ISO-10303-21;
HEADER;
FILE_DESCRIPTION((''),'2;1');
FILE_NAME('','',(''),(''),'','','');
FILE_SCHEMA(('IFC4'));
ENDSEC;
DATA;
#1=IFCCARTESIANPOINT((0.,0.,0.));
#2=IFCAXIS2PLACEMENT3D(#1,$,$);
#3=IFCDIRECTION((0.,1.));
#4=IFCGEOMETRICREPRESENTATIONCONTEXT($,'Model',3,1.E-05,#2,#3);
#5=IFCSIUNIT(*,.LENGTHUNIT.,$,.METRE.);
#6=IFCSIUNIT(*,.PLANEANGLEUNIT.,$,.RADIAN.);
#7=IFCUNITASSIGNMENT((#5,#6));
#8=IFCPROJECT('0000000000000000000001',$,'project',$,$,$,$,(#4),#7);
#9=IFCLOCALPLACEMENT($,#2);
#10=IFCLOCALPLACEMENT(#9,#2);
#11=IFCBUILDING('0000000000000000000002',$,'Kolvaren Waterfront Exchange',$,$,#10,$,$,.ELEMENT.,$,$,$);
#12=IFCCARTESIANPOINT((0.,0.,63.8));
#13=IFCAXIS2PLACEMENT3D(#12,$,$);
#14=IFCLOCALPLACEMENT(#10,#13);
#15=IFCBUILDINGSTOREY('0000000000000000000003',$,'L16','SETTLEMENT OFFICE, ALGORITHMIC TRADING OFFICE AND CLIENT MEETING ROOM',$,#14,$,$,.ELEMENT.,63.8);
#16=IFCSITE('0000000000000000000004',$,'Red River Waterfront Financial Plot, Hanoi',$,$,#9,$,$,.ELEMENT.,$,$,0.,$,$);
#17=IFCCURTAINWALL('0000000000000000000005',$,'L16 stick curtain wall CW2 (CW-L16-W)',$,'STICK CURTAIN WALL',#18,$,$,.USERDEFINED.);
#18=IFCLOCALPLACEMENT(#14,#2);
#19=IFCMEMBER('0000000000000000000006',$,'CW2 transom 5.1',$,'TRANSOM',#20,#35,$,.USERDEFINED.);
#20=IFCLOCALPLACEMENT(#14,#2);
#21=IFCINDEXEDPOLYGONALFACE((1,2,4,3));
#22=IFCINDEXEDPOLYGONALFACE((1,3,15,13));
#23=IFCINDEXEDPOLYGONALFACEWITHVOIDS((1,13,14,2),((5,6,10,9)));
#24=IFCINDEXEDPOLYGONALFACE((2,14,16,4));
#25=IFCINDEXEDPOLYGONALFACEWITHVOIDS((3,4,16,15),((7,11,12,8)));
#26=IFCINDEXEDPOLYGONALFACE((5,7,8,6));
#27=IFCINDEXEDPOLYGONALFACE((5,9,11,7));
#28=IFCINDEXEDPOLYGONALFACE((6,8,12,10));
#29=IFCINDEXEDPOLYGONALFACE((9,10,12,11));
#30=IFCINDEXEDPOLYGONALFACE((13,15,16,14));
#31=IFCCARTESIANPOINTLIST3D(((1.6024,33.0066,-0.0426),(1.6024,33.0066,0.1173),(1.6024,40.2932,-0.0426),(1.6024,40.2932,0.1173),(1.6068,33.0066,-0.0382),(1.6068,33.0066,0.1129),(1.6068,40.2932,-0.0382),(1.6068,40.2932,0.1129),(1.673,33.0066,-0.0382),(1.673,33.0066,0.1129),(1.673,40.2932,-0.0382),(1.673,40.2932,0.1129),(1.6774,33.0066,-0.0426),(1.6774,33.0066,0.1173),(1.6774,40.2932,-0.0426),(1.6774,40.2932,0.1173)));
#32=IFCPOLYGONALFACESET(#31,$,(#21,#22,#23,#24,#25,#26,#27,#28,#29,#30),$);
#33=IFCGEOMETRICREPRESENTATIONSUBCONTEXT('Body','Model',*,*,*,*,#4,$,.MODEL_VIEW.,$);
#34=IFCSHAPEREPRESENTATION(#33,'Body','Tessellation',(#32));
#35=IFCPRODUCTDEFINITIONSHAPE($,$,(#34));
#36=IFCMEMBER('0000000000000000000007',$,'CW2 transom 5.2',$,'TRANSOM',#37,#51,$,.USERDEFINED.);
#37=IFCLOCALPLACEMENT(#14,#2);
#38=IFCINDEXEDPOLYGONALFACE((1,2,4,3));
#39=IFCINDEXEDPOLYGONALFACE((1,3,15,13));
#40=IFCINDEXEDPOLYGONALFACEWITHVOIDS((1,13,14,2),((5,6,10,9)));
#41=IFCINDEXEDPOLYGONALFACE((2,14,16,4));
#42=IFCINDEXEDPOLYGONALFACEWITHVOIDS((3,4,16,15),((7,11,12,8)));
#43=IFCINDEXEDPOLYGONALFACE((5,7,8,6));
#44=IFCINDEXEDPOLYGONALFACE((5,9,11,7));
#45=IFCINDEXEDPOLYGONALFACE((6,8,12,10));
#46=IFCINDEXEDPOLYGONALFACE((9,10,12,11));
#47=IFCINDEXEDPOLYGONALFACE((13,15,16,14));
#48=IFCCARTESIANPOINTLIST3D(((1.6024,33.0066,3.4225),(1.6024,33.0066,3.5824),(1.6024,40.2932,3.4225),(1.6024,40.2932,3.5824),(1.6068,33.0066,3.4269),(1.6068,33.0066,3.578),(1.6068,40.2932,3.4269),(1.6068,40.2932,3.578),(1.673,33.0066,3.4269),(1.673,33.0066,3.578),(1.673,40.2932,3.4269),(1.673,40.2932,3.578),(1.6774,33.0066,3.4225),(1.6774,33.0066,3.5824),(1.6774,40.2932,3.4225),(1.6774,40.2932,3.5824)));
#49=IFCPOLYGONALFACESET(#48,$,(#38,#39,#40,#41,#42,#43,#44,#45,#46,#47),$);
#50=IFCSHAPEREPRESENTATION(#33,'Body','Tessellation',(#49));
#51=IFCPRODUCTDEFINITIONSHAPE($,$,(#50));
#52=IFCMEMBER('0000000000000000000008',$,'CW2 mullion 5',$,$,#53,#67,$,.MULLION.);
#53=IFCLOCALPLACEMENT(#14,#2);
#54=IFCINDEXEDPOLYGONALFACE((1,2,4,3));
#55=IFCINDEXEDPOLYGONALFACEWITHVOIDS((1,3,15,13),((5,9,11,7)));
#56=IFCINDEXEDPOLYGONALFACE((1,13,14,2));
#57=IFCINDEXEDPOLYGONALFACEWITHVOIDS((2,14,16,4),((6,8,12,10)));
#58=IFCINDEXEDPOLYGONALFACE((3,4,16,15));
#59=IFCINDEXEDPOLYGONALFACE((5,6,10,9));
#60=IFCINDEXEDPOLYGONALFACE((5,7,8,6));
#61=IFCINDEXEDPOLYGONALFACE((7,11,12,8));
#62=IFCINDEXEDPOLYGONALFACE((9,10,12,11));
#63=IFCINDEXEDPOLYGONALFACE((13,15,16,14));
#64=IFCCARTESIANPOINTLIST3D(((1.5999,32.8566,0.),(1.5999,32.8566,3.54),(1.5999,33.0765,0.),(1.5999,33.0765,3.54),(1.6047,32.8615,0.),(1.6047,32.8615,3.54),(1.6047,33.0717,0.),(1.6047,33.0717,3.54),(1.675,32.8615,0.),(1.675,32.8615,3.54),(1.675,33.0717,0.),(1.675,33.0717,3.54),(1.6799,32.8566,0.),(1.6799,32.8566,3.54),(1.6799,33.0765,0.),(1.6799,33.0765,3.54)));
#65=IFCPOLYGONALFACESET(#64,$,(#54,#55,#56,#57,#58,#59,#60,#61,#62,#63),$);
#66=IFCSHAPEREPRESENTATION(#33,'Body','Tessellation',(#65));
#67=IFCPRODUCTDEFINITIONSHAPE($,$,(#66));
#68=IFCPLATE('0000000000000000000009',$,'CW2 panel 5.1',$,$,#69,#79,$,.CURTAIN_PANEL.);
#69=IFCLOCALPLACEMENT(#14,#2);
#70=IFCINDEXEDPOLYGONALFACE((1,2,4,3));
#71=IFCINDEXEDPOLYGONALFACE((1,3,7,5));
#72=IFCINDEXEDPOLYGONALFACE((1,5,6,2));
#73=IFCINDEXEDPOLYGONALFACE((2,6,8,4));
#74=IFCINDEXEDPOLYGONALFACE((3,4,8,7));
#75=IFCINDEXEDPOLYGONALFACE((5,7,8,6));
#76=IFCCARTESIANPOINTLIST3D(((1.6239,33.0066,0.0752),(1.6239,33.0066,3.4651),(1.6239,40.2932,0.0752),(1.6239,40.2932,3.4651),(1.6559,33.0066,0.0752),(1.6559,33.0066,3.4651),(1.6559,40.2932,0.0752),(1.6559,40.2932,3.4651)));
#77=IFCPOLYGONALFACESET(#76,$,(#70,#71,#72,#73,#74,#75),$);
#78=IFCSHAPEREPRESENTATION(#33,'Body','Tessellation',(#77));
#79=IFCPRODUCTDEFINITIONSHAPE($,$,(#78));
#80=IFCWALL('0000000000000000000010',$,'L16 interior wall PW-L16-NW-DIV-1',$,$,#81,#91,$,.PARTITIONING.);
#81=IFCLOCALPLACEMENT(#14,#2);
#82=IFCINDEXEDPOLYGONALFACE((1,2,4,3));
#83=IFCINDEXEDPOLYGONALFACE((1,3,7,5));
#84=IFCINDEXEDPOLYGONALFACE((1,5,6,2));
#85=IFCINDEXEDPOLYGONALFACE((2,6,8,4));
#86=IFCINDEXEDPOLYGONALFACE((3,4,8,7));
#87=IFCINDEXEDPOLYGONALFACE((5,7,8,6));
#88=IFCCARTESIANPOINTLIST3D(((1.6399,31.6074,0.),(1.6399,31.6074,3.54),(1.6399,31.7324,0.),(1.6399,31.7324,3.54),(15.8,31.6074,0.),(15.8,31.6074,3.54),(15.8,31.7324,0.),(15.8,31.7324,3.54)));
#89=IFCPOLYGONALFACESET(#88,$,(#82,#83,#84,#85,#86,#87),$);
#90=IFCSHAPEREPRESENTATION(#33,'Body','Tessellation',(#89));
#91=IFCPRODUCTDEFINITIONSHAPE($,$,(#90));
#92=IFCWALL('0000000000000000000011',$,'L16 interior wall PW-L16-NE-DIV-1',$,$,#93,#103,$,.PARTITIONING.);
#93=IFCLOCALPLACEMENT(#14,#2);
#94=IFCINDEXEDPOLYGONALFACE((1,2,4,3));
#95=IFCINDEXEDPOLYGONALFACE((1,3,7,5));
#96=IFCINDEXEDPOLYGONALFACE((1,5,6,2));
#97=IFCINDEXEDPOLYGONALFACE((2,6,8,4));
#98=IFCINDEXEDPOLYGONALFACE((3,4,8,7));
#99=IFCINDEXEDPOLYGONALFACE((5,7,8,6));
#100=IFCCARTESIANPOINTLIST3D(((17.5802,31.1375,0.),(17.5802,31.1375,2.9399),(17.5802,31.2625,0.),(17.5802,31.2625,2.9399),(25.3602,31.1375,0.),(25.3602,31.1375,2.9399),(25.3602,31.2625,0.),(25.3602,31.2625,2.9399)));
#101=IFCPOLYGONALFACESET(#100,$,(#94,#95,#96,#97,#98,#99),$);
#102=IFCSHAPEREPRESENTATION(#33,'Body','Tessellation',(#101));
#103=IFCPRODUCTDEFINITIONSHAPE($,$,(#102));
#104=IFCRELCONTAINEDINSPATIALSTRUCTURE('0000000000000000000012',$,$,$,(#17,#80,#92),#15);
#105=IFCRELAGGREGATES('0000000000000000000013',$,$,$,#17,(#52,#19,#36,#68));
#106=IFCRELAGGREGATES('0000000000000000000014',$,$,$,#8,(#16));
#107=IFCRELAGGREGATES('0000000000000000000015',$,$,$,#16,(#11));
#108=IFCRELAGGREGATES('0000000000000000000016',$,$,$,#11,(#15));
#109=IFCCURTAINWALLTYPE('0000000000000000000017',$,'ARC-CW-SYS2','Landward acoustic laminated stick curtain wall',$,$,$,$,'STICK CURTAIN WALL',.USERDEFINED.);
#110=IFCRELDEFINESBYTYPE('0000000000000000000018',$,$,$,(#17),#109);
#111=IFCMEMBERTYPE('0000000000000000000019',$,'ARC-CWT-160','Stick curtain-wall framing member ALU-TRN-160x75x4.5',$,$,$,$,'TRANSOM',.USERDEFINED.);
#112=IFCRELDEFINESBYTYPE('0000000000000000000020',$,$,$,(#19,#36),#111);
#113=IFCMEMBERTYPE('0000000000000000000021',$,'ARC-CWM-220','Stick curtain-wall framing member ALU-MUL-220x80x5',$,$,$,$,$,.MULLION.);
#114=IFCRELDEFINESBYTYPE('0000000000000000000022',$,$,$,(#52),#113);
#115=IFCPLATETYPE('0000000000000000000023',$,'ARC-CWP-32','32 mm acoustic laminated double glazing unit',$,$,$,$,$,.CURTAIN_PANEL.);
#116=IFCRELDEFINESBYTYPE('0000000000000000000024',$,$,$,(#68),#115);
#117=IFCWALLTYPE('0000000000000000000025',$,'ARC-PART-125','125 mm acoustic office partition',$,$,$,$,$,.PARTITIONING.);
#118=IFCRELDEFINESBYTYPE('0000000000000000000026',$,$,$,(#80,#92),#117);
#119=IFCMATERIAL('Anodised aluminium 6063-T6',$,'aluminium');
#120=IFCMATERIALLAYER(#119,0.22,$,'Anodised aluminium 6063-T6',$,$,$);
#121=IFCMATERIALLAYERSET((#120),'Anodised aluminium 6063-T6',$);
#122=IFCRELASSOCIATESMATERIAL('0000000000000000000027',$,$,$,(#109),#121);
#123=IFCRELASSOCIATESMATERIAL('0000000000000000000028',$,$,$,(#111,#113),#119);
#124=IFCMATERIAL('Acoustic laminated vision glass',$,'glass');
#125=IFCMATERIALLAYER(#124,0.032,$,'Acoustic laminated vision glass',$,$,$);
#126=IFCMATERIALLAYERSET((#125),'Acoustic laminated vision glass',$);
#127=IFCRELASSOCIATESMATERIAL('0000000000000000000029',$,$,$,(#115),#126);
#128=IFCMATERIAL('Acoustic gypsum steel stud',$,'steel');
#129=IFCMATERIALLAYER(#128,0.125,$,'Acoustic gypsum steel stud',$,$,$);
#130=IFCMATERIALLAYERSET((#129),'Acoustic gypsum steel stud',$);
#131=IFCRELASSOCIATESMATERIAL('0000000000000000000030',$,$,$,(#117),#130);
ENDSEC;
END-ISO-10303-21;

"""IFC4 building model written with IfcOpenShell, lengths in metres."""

from ifc_helpers import new_model, si_unit, direction, frame, frame_2d, origin, origin_with_axes, origin_2d, place, context, subcontext, project, spatial, rectangle, hollow_rectangle, extrude, source, transform, mapped, material, layer, layer_set, material_profile, profile_set, type_object, element, aggregate, save


model = new_model("IFC4")

# Units and contexts
model_context = context("Model", 3, precision=1e-05, world=origin(), true_north=direction((0.0, 1.0)))
body_context = subcontext(model_context, "Body", "Model", "MODEL_VIEW")
ifc_project = project(units=[si_unit("LENGTHUNIT", "METRE"), si_unit("PLANEANGLEUNIT", "RADIAN")], contexts=[model_context])

# Site, building, storey
site_placement = place(None, origin())
site = spatial("IfcSite", under=ifc_project, at=site_placement, Name="Red River Waterfront Financial Plot, Hanoi", CompositionType="ELEMENT", RefElevation=0.0)
building_placement = place(site_placement, origin())
building = spatial("IfcBuilding", under=site, at=building_placement, Name="Kolvaren Waterfront Exchange", CompositionType="ELEMENT")
storey_placement = place(building_placement, frame((0.0, 0.0, 63.8)))
storey = spatial("IfcBuildingStorey", under=building, at=storey_placement, Name="L16", Description="SETTLEMENT OFFICE, ALGORITHMIC TRADING OFFICE AND CLIENT MEETING ROOM", CompositionType="ELEMENT", Elevation=63.8)

# Curtain wall, members, plate
ifc_material_1 = material(Name="Anodised aluminium 6063-T6", Category="aluminium")
ifc_layer_1 = layer(ifc_material_1, 0.22, Name="Anodised aluminium 6063-T6")
ifc_layer_set_1 = layer_set([ifc_layer_1], Name="Anodised aluminium 6063-T6")
curtain_wall_type = type_object("IfcCurtainWallType", Name="ARC-CW-SYS2", Description="Landward acoustic laminated stick curtain wall", ElementType="STICK CURTAIN WALL", PredefinedType="USERDEFINED", material=ifc_layer_set_1)
curtain_wall_placement = place(storey_placement, origin())
curtain_wall = element("IfcCurtainWall", 1, at=curtain_wall_placement, inside=storey, type_object=curtain_wall_type, Name="L16 stick curtain wall CW2 (CW-L16-W)", ObjectType="STICK CURTAIN WALL", PredefinedType="USERDEFINED")
ifc_material_profile_1 = material_profile(ifc_material_1, hollow_rectangle(XDim=0.075, YDim=0.1599, WallThickness=0.0044, at=origin_2d()), Name="ALU-TRN-160x75x4.5")
ifc_profile_set_1 = profile_set([ifc_material_profile_1], Name="Anodised aluminium 6063-T6")
member_type_1 = type_object("IfcMemberType", Name="ARC-CWT-160", Description="Stick curtain-wall framing member ALU-TRN-160x75x4.5", ElementType="TRANSOM", PredefinedType="USERDEFINED", material=ifc_profile_set_1)
shared_shape_1 = source(origin_with_axes(), body_context, "Body", "SweptSolid", [
    extrude(hollow_rectangle(XDim=0.075, YDim=0.1599, WallThickness=0.0044, at=origin_2d()), origin(), (0.0, 0.0, 1.0), 7.2866),
])
member_1_placement = place(storey_placement, frame((1.6399, 33.0066, 0.0374), z_axis=(0.0, 1.0, 0.0), x_axis=(-1.0, 0.0, 0.0)))
member_1 = element("IfcMember", 2, at=member_1_placement, type_object=member_type_1, Name="CW2 transom 5.1", ObjectType="TRANSOM", PredefinedType="USERDEFINED", context=body_context, shape_type="MappedRepresentation", body=[
    mapped(shared_shape_1, transform((0.0, 0.0, 0.0), x_axis=(1.0, 0.0, 0.0), y_axis=(0.0, 1.0, 0.0), z_axis=(0.0, 0.0, 1.0), scale=1.0)),
])
member_2_placement = place(storey_placement, frame((1.6399, 33.0066, 3.5024), z_axis=(0.0, 1.0, 0.0), x_axis=(-1.0, 0.0, 0.0)))
member_2 = element("IfcMember", 3, at=member_2_placement, type_object=member_type_1, Name="CW2 transom 5.2", ObjectType="TRANSOM", PredefinedType="USERDEFINED", context=body_context, shape_type="MappedRepresentation", body=[
    mapped(shared_shape_1, transform((0.0, 0.0, 0.0), x_axis=(1.0, 0.0, 0.0), y_axis=(0.0, 1.0, 0.0), z_axis=(0.0, 0.0, 1.0), scale=1.0)),
])
ifc_material_profile_2 = material_profile(ifc_material_1, hollow_rectangle(XDim=0.0801, YDim=0.22, WallThickness=0.0049, at=origin_2d()), Name="ALU-MUL-220x80x5")
ifc_profile_set_2 = profile_set([ifc_material_profile_2], Name="Anodised aluminium 6063-T6")
member_type_2 = type_object("IfcMemberType", Name="ARC-CWM-220", Description="Stick curtain-wall framing member ALU-MUL-220x80x5", PredefinedType="MULLION", material=ifc_profile_set_2)
shared_shape_2 = source(origin_with_axes(), body_context, "Body", "SweptSolid", [
    extrude(hollow_rectangle(XDim=0.0801, YDim=0.22, WallThickness=0.0049, at=origin_2d()), origin(), (0.0, 0.0, 1.0), 3.54),
])
member_3_placement = place(storey_placement, frame((1.6399, 32.9666, 0.0), z_axis=(0.0, 0.0, 1.0), x_axis=(-1.0, 0.0, 0.0)))
member_3 = element("IfcMember", 4, at=member_3_placement, type_object=member_type_2, Name="CW2 mullion 5", PredefinedType="MULLION", context=body_context, shape_type="MappedRepresentation", body=[
    mapped(shared_shape_2, transform((0.0, 0.0, 0.0), x_axis=(1.0, 0.0, 0.0), y_axis=(0.0, 1.0, 0.0), z_axis=(0.0, 0.0, 1.0), scale=1.0)),
])
ifc_material_2 = material(Name="Acoustic laminated vision glass", Category="glass")
ifc_layer_2 = layer(ifc_material_2, 0.032, Name="Acoustic laminated vision glass")
ifc_layer_set_2 = layer_set([ifc_layer_2], Name="Acoustic laminated vision glass")
plate_type = type_object("IfcPlateType", Name="ARC-CWP-32", Description="32 mm acoustic laminated double glazing unit", PredefinedType="CURTAIN_PANEL", material=ifc_layer_set_2)
shared_shape_3 = source(origin_with_axes(), body_context, "Body", "SweptSolid", [
    extrude(rectangle(XDim=7.2866, YDim=0.032, at=origin_2d()), origin(), (0.0, 0.0, 1.0), 3.3899),
])
plate_placement = place(storey_placement, frame((1.6399, 36.6499, 0.0752), z_axis=(0.0, 0.0, 1.0), x_axis=(0.0, 1.0, 0.0)))
plate = element("IfcPlate", 5, at=plate_placement, type_object=plate_type, Name="CW2 panel 5.1", PredefinedType="CURTAIN_PANEL", context=body_context, shape_type="MappedRepresentation", body=[
    mapped(shared_shape_3, transform((0.0, 0.0, 0.0), x_axis=(1.0, 0.0, 0.0), y_axis=(0.0, 1.0, 0.0), z_axis=(0.0, 0.0, 1.0), scale=1.0)),
])
aggregate(curtain_wall, [member_3, member_1, member_2, plate])

# Walls
ifc_material_3 = material(Name="Acoustic gypsum steel stud", Category="steel")
ifc_layer_3 = layer(ifc_material_3, 0.125, Name="Acoustic gypsum steel stud")
ifc_layer_set_3 = layer_set([ifc_layer_3], Name="Acoustic gypsum steel stud")
wall_type = type_object("IfcWallType", Name="ARC-PART-125", Description="125 mm acoustic office partition", PredefinedType="PARTITIONING", material=ifc_layer_set_3)
wall_1_placement = place(storey_placement, frame((1.6399, 31.6699, 0.0), z_axis=(0.0, 0.0, 1.0), x_axis=(1.0, 0.0, 0.0)))
element("IfcWall", 6, at=wall_1_placement, inside=storey, type_object=wall_type, Name="L16 interior wall PW-L16-NW-DIV-1", PredefinedType="PARTITIONING", context=body_context, shape_type="SweptSolid", body=[
    extrude(rectangle(XDim=14.1602, YDim=0.125, at=frame_2d((7.0801, 0.0))), origin(), (0.0, 0.0, 1.0), 3.54),
])
wall_2_placement = place(storey_placement, frame((17.5801, 31.2, 0.0), z_axis=(0.0, 0.0, 1.0), x_axis=(1.0, 0.0, 0.0)))
element("IfcWall", 7, at=wall_2_placement, inside=storey, type_object=wall_type, Name="L16 interior wall PW-L16-NE-DIV-1", PredefinedType="PARTITIONING", context=body_context, shape_type="SweptSolid", body=[
    extrude(rectangle(XDim=7.78, YDim=0.125, at=frame_2d((3.8901, 0.0))), origin(), (0.0, 0.0, 1.0), 2.9399),
])

save(model, "model.ifc")
